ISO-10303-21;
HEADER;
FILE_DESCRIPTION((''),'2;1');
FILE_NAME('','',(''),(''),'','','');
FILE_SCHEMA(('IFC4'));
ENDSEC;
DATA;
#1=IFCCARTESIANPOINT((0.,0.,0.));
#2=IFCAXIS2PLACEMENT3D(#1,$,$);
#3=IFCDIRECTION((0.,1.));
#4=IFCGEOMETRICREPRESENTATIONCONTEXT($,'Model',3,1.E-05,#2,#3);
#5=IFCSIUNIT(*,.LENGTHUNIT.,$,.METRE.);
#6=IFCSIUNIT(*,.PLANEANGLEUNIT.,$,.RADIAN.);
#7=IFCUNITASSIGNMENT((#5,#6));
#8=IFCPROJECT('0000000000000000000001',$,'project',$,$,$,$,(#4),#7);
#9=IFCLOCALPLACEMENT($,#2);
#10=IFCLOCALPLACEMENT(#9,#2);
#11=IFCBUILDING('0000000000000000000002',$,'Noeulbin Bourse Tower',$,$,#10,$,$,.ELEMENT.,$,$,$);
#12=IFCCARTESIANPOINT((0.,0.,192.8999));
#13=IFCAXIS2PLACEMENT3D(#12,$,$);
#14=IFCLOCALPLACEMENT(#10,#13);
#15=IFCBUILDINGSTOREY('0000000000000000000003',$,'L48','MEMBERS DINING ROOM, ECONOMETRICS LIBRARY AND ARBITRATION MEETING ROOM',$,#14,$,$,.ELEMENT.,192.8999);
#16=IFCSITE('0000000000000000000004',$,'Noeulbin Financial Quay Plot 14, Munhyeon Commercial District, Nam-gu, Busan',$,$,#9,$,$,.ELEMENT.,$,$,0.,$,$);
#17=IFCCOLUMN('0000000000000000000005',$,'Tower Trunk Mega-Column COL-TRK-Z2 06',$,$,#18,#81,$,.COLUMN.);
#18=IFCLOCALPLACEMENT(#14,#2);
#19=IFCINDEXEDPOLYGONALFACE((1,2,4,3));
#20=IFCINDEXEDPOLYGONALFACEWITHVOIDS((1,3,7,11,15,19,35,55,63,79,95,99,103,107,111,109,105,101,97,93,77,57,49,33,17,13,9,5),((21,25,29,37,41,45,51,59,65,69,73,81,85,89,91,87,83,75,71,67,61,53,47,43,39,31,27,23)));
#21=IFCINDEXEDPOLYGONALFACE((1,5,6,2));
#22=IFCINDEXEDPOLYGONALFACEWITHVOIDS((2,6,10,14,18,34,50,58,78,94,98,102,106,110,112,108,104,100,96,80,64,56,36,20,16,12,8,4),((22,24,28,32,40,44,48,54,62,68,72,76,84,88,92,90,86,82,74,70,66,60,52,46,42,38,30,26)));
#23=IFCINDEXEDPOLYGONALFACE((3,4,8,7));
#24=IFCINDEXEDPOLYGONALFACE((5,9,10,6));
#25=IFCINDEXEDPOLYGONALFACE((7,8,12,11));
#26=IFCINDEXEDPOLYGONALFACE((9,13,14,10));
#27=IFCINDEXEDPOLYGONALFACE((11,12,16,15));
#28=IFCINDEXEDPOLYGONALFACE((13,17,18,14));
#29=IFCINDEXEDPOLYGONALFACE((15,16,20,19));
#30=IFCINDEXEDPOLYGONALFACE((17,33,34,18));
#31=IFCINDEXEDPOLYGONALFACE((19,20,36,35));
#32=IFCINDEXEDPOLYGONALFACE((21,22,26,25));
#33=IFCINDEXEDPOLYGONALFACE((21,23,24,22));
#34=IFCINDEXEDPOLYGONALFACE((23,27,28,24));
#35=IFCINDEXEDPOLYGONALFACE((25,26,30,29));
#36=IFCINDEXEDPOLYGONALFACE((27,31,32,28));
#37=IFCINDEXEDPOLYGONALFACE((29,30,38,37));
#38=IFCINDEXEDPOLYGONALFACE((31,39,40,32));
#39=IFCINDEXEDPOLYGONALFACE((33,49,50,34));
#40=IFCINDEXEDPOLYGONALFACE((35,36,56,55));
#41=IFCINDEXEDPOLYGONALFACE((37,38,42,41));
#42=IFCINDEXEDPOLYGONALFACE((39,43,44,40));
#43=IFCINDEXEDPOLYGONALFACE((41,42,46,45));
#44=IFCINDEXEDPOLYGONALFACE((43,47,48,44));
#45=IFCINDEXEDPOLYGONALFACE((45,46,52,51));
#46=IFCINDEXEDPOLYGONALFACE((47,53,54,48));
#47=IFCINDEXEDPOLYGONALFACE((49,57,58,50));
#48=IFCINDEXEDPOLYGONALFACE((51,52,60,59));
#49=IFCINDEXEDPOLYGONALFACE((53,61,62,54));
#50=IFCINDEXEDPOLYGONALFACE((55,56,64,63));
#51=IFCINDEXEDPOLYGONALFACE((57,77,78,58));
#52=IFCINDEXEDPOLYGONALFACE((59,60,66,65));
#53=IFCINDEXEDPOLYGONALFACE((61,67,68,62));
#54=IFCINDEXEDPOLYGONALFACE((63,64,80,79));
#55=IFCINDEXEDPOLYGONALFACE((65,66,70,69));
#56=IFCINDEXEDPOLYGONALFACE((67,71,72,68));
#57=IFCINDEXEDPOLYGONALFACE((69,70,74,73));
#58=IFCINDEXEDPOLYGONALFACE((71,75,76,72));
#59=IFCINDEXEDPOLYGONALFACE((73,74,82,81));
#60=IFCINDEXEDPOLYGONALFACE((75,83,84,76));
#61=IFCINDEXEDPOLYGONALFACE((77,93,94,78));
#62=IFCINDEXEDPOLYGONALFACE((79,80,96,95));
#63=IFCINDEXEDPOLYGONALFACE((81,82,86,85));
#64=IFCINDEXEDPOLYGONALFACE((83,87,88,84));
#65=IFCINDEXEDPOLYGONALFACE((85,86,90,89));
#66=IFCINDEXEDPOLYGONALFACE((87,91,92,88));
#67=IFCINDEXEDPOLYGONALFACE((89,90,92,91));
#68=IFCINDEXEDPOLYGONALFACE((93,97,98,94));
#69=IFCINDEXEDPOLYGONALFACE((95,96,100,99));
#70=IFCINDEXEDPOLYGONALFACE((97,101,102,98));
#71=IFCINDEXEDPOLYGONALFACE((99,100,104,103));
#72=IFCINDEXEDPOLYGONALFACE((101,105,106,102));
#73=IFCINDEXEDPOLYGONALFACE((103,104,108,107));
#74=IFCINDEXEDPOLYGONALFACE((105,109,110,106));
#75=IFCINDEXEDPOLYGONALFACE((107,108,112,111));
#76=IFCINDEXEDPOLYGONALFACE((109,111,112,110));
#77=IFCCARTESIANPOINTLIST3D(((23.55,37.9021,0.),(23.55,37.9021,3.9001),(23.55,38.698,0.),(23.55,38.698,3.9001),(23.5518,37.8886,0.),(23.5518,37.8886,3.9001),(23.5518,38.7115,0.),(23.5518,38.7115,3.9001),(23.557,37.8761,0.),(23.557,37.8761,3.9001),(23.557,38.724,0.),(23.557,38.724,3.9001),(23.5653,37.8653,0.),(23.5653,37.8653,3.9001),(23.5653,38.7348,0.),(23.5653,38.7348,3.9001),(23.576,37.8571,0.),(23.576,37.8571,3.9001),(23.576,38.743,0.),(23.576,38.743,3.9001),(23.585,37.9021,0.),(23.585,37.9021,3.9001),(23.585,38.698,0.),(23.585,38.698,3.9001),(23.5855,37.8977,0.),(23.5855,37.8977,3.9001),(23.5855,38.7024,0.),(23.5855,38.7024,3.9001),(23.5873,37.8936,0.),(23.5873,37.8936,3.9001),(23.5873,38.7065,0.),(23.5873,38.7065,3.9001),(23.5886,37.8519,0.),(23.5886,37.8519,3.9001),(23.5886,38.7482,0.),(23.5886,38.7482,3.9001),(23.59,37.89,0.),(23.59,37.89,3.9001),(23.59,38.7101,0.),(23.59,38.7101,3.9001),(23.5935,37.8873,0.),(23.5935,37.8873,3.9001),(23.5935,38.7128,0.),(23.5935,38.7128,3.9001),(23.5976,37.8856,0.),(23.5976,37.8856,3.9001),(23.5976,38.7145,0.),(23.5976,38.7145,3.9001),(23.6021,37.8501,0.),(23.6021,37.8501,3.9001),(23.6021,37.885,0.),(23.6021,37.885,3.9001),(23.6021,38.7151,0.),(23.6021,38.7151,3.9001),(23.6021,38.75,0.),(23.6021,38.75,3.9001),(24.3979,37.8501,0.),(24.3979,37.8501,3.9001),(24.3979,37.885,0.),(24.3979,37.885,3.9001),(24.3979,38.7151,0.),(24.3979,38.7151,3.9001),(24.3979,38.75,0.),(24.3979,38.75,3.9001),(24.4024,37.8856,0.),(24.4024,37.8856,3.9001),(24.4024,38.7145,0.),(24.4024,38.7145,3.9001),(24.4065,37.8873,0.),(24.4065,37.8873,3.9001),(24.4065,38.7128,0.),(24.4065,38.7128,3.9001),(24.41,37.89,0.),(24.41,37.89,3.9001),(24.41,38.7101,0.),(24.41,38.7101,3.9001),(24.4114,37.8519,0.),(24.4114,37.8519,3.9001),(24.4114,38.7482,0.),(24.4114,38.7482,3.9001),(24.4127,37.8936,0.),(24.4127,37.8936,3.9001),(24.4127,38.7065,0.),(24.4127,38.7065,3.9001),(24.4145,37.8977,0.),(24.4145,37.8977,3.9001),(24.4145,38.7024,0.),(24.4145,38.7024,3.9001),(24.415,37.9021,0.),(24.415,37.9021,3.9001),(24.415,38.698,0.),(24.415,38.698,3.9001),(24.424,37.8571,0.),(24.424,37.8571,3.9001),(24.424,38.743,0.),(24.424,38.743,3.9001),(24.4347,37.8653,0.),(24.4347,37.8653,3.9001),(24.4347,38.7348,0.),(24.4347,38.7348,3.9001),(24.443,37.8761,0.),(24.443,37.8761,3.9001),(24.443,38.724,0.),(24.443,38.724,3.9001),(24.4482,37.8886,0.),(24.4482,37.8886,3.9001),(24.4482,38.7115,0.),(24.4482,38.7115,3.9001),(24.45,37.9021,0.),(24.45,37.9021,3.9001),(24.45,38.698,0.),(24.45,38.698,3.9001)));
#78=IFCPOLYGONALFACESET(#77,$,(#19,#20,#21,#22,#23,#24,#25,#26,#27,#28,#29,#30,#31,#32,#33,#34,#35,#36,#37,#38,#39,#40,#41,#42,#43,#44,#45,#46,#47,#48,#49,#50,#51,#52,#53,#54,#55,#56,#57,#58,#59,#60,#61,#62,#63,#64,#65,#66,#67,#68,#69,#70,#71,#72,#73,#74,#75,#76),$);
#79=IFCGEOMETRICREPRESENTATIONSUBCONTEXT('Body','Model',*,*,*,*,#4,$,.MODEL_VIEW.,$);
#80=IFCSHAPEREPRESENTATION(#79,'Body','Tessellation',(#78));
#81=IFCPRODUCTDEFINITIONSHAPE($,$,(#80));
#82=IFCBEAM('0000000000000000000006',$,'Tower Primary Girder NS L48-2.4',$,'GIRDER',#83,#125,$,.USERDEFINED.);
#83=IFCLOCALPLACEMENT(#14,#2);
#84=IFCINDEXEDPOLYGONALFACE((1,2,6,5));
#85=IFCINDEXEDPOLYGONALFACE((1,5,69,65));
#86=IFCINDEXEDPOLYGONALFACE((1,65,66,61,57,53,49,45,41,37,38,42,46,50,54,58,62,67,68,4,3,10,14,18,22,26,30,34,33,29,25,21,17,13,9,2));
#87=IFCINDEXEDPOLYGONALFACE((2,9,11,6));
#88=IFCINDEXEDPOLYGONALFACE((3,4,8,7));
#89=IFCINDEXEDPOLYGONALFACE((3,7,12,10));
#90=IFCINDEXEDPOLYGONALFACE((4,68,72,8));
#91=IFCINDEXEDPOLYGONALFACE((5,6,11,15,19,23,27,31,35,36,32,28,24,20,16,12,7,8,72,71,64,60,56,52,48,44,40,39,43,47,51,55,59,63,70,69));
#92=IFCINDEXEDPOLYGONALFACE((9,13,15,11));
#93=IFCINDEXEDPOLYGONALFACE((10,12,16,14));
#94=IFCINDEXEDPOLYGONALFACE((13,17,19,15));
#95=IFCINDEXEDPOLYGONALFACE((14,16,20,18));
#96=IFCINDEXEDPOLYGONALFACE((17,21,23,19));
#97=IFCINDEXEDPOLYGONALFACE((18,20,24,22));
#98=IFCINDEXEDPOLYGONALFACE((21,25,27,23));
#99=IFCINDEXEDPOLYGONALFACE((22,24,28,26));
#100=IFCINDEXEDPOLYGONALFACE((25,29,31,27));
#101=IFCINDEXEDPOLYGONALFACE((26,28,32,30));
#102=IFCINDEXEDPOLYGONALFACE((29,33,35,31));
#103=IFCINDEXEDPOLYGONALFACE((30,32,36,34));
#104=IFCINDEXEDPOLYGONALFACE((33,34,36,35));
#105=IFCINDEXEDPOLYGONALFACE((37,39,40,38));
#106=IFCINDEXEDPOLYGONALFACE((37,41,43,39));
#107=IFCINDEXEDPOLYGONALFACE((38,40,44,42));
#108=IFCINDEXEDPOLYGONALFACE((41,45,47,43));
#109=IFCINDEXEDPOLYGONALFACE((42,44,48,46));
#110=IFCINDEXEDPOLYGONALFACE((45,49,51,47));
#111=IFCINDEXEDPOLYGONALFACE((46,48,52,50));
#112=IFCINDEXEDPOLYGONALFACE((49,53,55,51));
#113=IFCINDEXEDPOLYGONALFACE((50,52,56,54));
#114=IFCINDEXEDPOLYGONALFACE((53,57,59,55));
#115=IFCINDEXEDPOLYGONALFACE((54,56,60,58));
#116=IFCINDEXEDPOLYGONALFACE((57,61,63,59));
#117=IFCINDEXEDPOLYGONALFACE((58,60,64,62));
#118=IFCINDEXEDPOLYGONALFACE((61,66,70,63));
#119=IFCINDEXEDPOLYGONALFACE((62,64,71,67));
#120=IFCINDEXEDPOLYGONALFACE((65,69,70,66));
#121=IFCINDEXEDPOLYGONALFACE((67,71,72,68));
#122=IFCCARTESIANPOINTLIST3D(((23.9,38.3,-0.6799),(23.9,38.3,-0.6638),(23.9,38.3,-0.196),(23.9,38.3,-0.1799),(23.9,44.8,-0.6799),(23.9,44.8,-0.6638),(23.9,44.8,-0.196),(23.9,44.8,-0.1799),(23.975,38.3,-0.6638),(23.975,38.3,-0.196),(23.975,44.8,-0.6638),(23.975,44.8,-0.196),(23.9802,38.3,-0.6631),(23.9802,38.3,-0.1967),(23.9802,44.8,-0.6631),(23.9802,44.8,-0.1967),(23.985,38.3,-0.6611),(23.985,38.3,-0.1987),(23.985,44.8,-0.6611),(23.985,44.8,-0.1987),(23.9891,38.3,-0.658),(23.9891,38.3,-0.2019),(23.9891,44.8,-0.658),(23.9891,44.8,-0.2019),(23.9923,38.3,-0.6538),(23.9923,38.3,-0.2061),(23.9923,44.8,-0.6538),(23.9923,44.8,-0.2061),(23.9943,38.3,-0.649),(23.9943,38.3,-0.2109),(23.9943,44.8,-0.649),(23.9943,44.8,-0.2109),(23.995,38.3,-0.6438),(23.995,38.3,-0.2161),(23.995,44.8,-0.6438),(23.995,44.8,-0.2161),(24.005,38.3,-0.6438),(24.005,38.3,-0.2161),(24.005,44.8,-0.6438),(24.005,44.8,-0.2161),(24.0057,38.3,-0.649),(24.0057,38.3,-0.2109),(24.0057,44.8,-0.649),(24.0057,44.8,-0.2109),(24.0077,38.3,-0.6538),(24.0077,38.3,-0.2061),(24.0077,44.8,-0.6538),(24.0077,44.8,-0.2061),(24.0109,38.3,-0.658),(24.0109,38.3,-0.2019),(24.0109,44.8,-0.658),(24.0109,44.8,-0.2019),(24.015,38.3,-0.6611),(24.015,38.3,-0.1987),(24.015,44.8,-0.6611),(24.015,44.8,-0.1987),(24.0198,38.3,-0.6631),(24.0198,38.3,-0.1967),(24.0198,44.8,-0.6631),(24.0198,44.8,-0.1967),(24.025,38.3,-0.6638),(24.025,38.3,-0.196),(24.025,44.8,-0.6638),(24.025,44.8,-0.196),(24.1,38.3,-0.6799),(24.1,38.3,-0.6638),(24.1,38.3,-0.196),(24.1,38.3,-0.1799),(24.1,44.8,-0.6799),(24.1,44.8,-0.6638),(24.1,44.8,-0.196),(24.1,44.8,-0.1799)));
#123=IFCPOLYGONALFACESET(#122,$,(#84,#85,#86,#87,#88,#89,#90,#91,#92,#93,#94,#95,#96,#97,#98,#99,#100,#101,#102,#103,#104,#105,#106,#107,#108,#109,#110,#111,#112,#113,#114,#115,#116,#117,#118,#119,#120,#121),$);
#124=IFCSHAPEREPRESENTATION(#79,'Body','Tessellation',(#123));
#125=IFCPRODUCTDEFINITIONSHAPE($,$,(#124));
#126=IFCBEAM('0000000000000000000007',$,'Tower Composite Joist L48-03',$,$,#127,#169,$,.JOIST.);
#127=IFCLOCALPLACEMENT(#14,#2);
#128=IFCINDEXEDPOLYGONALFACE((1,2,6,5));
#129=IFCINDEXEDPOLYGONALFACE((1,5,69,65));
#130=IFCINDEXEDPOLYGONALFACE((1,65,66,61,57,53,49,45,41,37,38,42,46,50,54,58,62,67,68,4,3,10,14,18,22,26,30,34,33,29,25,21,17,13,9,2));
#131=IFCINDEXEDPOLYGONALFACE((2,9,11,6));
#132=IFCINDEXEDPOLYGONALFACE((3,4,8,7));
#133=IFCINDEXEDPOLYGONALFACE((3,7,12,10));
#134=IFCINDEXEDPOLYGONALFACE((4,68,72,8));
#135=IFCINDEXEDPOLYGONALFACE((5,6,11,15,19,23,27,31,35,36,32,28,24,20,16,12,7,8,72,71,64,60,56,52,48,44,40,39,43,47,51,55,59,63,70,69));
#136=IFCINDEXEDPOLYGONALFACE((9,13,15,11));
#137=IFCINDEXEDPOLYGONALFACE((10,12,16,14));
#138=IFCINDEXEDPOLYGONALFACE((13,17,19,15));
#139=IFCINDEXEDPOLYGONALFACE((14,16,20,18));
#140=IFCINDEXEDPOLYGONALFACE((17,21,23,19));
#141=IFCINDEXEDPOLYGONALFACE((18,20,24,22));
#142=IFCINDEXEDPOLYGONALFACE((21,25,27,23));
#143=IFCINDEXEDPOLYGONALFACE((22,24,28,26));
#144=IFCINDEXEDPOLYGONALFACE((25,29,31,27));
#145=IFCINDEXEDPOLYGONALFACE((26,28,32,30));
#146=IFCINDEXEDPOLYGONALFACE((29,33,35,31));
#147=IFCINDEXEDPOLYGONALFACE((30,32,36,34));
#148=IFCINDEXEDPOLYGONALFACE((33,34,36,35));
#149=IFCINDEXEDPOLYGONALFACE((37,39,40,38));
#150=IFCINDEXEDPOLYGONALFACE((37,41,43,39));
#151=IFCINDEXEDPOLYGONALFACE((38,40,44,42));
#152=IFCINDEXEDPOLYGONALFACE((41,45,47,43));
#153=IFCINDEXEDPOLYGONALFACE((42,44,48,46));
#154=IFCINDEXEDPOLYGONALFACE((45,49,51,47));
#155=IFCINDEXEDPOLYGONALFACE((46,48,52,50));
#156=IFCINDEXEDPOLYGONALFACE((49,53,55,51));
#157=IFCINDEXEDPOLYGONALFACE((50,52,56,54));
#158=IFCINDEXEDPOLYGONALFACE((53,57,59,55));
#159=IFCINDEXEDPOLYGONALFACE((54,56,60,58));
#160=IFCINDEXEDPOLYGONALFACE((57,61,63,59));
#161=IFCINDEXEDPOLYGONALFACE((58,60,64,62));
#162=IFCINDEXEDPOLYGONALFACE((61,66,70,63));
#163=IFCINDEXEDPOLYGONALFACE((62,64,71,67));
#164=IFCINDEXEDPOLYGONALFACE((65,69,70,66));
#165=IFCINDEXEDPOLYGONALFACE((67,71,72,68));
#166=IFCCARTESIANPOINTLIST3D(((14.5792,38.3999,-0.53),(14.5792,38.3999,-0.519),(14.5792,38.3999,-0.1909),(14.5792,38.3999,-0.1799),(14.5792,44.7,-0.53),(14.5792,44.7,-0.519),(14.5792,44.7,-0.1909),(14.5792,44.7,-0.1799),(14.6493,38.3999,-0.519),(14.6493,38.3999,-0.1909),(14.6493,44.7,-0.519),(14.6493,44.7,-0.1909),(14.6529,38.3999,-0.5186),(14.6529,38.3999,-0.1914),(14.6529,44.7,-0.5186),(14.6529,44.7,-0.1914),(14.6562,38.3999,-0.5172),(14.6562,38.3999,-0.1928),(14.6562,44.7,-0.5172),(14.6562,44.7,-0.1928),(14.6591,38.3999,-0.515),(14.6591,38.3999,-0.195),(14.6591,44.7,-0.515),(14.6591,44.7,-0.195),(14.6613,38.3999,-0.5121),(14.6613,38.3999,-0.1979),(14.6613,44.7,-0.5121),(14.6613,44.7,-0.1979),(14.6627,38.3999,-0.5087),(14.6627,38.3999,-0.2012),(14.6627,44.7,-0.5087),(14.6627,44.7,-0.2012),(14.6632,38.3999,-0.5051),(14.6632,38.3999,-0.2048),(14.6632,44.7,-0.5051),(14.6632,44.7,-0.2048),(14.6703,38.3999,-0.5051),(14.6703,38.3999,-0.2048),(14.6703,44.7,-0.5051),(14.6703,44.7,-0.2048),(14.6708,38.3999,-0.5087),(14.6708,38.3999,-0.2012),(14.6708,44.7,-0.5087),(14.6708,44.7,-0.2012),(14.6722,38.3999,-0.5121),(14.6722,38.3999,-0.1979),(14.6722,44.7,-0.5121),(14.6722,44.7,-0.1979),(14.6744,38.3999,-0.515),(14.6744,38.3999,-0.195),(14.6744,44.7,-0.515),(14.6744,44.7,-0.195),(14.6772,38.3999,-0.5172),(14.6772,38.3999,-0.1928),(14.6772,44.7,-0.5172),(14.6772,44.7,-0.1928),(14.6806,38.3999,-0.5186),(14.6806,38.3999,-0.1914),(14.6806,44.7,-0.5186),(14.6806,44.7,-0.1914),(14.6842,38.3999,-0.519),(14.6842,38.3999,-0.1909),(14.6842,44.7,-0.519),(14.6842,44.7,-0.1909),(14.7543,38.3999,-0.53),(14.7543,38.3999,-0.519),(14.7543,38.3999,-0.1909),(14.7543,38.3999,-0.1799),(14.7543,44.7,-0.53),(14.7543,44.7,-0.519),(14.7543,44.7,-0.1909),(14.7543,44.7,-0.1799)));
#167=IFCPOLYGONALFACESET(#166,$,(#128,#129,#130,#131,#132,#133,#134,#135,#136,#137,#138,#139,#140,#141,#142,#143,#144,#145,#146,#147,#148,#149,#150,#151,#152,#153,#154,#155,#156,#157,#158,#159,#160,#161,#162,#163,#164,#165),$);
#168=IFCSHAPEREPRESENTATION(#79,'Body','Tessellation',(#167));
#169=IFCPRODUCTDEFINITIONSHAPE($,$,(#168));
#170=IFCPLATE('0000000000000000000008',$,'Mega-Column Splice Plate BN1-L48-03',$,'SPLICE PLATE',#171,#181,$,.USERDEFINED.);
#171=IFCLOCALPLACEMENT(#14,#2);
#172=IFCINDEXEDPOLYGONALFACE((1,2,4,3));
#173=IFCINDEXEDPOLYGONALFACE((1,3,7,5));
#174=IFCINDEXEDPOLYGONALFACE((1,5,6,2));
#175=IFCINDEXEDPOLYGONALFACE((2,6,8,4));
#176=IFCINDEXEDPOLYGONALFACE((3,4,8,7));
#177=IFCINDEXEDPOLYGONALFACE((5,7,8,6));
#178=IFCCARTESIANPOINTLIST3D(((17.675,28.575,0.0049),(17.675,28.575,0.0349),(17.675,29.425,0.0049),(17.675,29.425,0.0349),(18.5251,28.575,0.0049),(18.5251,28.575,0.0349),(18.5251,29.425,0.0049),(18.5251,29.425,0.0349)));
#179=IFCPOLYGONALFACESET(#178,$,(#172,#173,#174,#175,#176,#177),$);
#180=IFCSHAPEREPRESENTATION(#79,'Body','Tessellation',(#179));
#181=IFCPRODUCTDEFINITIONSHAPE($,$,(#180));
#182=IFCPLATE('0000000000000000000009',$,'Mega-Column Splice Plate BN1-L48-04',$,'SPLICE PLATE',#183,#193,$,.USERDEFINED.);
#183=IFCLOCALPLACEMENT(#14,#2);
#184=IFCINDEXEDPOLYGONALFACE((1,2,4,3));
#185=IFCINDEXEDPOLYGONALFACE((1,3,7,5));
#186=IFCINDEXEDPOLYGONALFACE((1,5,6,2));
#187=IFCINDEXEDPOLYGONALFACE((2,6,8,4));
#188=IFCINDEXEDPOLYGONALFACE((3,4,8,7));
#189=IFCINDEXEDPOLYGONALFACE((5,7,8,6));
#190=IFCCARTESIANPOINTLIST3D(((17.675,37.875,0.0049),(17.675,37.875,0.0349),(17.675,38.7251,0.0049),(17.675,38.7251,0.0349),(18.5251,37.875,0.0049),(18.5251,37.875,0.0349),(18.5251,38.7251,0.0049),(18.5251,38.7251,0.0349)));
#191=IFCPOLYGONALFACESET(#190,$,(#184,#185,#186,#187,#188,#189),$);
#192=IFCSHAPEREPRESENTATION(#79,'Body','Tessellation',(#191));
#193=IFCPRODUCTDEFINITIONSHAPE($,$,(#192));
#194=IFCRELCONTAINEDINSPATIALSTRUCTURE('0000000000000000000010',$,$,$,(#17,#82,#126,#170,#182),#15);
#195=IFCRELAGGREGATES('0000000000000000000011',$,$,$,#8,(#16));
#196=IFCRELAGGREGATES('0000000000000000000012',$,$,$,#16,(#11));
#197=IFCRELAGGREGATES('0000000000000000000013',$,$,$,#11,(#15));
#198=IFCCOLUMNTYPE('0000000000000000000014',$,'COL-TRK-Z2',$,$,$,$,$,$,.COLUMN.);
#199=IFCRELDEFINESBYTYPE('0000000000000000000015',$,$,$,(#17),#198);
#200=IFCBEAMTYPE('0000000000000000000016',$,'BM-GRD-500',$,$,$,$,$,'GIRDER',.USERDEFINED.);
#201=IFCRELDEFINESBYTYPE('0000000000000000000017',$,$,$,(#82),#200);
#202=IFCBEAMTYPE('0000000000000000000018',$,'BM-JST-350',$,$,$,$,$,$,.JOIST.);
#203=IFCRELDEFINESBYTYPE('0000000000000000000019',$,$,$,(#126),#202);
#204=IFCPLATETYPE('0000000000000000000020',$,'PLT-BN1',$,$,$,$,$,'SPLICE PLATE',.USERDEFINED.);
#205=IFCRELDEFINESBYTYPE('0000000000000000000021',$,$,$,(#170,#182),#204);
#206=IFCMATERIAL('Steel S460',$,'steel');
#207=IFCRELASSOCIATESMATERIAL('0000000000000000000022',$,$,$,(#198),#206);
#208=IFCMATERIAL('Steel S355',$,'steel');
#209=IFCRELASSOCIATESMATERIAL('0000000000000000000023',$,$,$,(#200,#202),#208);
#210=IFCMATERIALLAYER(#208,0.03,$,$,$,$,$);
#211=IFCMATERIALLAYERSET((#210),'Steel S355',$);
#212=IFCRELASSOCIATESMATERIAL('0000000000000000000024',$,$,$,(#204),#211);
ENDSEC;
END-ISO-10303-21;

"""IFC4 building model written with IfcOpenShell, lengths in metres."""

from ifc_helpers import new_model, si_unit, direction, frame, origin, origin_2d, place, context, subcontext, project, spatial, rectangle, hollow_rectangle, i_section, extrude, material, layer, layer_set, material_profile, profile_set, type_object, element, save


model = new_model("IFC4")

# Units and contexts
model_context = context("Model", 3, precision=1e-05, world=origin(), true_north=direction((0.0, 1.0)))
body_context = subcontext(model_context, "Body", "Model", "MODEL_VIEW")
ifc_project = project(units=[si_unit("LENGTHUNIT", "METRE"), si_unit("PLANEANGLEUNIT", "RADIAN")], contexts=[model_context])

# Site, building, storey
site_placement = place(None, origin())
site = spatial("IfcSite", under=ifc_project, at=site_placement, Name="Noeulbin Financial Quay Plot 14, Munhyeon Commercial District, Nam-gu, Busan", CompositionType="ELEMENT", RefElevation=0.0)
building_placement = place(site_placement, origin())
building = spatial("IfcBuilding", under=site, at=building_placement, Name="Noeulbin Bourse Tower", CompositionType="ELEMENT")
storey_placement = place(building_placement, frame((0.0, 0.0, 192.8999)))
storey = spatial("IfcBuildingStorey", under=building, at=storey_placement, Name="L48", Description="MEMBERS DINING ROOM, ECONOMETRICS LIBRARY AND ARBITRATION MEETING ROOM", CompositionType="ELEMENT", Elevation=192.8999)

# Column
ifc_material_1 = material(Name="Steel S460", Category="steel")
ifc_material_profile_1 = material_profile(ifc_material_1, hollow_rectangle(XDim=0.8999, YDim=0.8999, WallThickness=0.0349, InnerFilletRadius=0.0171, OuterFilletRadius=0.052, at=origin_2d()), Name="BOX-900x900x35", Category="LoadBearing")
ifc_profile_set_1 = profile_set([ifc_material_profile_1], Name="Steel S460")
column_type = type_object("IfcColumnType", Name="COL-TRK-Z2", PredefinedType="COLUMN", material=ifc_profile_set_1)
for number, where, z_axis, x_axis, name in (
    (1, (24.0, 38.3, 0.0), (0.0, 0.0, 1.0), (1.0, 0.0, 0.0), "Tower Trunk Mega-Column COL-TRK-Z2 06"),
):
    element("IfcColumn", number, at=place(storey_placement, frame(where, z_axis=z_axis, x_axis=x_axis)), inside=storey, type_object=column_type, Name=name, PredefinedType="COLUMN", context=body_context, shape_type="SweptSolid", body=[
        extrude(hollow_rectangle(XDim=0.8999, YDim=0.8999, WallThickness=0.0349, InnerFilletRadius=0.0171, OuterFilletRadius=0.052, at=origin_2d()), origin(), (0.0, 0.0, 1.0), 3.9001),
    ])

# Beams
ifc_material_2 = material(Name="Steel S355", Category="steel")
ifc_material_profile_2 = material_profile(ifc_material_2, i_section(OverallWidth=0.2, OverallDepth=0.5, WebThickness=0.01, FlangeThickness=0.0161, FilletRadius=0.02, at=origin_2d()), Name="H-500x200x10x16", Category="LoadBearing")
ifc_profile_set_2 = profile_set([ifc_material_profile_2], Name="Steel S355")
beam_type_1 = type_object("IfcBeamType", Name="BM-GRD-500", ElementType="GIRDER", PredefinedType="USERDEFINED", material=ifc_profile_set_2)
beam_1_placement = place(storey_placement, frame((24.0, 38.3, -0.4299), z_axis=(0.0, 1.0, 0.0), x_axis=(-1.0, 0.0, 0.0)))
element("IfcBeam", 2, at=beam_1_placement, inside=storey, type_object=beam_type_1, Name="Tower Primary Girder NS L48-2.4", ObjectType="GIRDER", PredefinedType="USERDEFINED", context=body_context, shape_type="SweptSolid", body=[
    extrude(i_section(OverallWidth=0.2, OverallDepth=0.5, WebThickness=0.01, FlangeThickness=0.0161, FilletRadius=0.02, at=origin_2d()), origin(), (0.0, 0.0, 1.0), 6.5),
])
ifc_material_profile_3 = material_profile(ifc_material_2, i_section(OverallWidth=0.175, OverallDepth=0.3501, WebThickness=0.0071, FlangeThickness=0.011, FilletRadius=0.0139, at=origin_2d()), Name="H-350x175x7x11", Category="LoadBearing")
ifc_profile_set_3 = profile_set([ifc_material_profile_3], Name="Steel S355")
beam_type_2 = type_object("IfcBeamType", Name="BM-JST-350", PredefinedType="JOIST", material=ifc_profile_set_3)
beam_2_placement = place(storey_placement, frame((14.6667, 38.3999, -0.355), z_axis=(0.0, 1.0, 0.0), x_axis=(-1.0, 0.0, 0.0)))
element("IfcBeam", 3, at=beam_2_placement, inside=storey, type_object=beam_type_2, Name="Tower Composite Joist L48-03", PredefinedType="JOIST", context=body_context, shape_type="SweptSolid", body=[
    extrude(i_section(OverallWidth=0.175, OverallDepth=0.3501, WebThickness=0.0071, FlangeThickness=0.011, FilletRadius=0.0139, at=origin_2d()), origin(), (0.0, 0.0, 1.0), 6.3),
])

# Plates
ifc_layer_1 = layer(ifc_material_2, 0.03)
ifc_layer_set_1 = layer_set([ifc_layer_1], Name="Steel S355")
plate_type = type_object("IfcPlateType", Name="PLT-BN1", ElementType="SPLICE PLATE", PredefinedType="USERDEFINED", material=ifc_layer_set_1)
for number, where, z_axis, x_axis, name in (
    (4, (18.1001, 29.0, 0.0049), (0.0, 0.0, 1.0), (1.0, 0.0, 0.0), "Mega-Column Splice Plate BN1-L48-03"),
    (5, (18.1001, 38.3, 0.0049), (0.0, 0.0, 1.0), (1.0, 0.0, 0.0), "Mega-Column Splice Plate BN1-L48-04"),
):
    element("IfcPlate", number, at=place(storey_placement, frame(where, z_axis=z_axis, x_axis=x_axis)), inside=storey, type_object=plate_type, Name=name, ObjectType="SPLICE PLATE", PredefinedType="USERDEFINED", context=body_context, shape_type="SweptSolid", body=[
        extrude(rectangle(XDim=0.8501, YDim=0.8501, at=origin_2d()), origin(), (0.0, 0.0, 1.0), 0.03),
    ])

save(model, "model.ifc")
